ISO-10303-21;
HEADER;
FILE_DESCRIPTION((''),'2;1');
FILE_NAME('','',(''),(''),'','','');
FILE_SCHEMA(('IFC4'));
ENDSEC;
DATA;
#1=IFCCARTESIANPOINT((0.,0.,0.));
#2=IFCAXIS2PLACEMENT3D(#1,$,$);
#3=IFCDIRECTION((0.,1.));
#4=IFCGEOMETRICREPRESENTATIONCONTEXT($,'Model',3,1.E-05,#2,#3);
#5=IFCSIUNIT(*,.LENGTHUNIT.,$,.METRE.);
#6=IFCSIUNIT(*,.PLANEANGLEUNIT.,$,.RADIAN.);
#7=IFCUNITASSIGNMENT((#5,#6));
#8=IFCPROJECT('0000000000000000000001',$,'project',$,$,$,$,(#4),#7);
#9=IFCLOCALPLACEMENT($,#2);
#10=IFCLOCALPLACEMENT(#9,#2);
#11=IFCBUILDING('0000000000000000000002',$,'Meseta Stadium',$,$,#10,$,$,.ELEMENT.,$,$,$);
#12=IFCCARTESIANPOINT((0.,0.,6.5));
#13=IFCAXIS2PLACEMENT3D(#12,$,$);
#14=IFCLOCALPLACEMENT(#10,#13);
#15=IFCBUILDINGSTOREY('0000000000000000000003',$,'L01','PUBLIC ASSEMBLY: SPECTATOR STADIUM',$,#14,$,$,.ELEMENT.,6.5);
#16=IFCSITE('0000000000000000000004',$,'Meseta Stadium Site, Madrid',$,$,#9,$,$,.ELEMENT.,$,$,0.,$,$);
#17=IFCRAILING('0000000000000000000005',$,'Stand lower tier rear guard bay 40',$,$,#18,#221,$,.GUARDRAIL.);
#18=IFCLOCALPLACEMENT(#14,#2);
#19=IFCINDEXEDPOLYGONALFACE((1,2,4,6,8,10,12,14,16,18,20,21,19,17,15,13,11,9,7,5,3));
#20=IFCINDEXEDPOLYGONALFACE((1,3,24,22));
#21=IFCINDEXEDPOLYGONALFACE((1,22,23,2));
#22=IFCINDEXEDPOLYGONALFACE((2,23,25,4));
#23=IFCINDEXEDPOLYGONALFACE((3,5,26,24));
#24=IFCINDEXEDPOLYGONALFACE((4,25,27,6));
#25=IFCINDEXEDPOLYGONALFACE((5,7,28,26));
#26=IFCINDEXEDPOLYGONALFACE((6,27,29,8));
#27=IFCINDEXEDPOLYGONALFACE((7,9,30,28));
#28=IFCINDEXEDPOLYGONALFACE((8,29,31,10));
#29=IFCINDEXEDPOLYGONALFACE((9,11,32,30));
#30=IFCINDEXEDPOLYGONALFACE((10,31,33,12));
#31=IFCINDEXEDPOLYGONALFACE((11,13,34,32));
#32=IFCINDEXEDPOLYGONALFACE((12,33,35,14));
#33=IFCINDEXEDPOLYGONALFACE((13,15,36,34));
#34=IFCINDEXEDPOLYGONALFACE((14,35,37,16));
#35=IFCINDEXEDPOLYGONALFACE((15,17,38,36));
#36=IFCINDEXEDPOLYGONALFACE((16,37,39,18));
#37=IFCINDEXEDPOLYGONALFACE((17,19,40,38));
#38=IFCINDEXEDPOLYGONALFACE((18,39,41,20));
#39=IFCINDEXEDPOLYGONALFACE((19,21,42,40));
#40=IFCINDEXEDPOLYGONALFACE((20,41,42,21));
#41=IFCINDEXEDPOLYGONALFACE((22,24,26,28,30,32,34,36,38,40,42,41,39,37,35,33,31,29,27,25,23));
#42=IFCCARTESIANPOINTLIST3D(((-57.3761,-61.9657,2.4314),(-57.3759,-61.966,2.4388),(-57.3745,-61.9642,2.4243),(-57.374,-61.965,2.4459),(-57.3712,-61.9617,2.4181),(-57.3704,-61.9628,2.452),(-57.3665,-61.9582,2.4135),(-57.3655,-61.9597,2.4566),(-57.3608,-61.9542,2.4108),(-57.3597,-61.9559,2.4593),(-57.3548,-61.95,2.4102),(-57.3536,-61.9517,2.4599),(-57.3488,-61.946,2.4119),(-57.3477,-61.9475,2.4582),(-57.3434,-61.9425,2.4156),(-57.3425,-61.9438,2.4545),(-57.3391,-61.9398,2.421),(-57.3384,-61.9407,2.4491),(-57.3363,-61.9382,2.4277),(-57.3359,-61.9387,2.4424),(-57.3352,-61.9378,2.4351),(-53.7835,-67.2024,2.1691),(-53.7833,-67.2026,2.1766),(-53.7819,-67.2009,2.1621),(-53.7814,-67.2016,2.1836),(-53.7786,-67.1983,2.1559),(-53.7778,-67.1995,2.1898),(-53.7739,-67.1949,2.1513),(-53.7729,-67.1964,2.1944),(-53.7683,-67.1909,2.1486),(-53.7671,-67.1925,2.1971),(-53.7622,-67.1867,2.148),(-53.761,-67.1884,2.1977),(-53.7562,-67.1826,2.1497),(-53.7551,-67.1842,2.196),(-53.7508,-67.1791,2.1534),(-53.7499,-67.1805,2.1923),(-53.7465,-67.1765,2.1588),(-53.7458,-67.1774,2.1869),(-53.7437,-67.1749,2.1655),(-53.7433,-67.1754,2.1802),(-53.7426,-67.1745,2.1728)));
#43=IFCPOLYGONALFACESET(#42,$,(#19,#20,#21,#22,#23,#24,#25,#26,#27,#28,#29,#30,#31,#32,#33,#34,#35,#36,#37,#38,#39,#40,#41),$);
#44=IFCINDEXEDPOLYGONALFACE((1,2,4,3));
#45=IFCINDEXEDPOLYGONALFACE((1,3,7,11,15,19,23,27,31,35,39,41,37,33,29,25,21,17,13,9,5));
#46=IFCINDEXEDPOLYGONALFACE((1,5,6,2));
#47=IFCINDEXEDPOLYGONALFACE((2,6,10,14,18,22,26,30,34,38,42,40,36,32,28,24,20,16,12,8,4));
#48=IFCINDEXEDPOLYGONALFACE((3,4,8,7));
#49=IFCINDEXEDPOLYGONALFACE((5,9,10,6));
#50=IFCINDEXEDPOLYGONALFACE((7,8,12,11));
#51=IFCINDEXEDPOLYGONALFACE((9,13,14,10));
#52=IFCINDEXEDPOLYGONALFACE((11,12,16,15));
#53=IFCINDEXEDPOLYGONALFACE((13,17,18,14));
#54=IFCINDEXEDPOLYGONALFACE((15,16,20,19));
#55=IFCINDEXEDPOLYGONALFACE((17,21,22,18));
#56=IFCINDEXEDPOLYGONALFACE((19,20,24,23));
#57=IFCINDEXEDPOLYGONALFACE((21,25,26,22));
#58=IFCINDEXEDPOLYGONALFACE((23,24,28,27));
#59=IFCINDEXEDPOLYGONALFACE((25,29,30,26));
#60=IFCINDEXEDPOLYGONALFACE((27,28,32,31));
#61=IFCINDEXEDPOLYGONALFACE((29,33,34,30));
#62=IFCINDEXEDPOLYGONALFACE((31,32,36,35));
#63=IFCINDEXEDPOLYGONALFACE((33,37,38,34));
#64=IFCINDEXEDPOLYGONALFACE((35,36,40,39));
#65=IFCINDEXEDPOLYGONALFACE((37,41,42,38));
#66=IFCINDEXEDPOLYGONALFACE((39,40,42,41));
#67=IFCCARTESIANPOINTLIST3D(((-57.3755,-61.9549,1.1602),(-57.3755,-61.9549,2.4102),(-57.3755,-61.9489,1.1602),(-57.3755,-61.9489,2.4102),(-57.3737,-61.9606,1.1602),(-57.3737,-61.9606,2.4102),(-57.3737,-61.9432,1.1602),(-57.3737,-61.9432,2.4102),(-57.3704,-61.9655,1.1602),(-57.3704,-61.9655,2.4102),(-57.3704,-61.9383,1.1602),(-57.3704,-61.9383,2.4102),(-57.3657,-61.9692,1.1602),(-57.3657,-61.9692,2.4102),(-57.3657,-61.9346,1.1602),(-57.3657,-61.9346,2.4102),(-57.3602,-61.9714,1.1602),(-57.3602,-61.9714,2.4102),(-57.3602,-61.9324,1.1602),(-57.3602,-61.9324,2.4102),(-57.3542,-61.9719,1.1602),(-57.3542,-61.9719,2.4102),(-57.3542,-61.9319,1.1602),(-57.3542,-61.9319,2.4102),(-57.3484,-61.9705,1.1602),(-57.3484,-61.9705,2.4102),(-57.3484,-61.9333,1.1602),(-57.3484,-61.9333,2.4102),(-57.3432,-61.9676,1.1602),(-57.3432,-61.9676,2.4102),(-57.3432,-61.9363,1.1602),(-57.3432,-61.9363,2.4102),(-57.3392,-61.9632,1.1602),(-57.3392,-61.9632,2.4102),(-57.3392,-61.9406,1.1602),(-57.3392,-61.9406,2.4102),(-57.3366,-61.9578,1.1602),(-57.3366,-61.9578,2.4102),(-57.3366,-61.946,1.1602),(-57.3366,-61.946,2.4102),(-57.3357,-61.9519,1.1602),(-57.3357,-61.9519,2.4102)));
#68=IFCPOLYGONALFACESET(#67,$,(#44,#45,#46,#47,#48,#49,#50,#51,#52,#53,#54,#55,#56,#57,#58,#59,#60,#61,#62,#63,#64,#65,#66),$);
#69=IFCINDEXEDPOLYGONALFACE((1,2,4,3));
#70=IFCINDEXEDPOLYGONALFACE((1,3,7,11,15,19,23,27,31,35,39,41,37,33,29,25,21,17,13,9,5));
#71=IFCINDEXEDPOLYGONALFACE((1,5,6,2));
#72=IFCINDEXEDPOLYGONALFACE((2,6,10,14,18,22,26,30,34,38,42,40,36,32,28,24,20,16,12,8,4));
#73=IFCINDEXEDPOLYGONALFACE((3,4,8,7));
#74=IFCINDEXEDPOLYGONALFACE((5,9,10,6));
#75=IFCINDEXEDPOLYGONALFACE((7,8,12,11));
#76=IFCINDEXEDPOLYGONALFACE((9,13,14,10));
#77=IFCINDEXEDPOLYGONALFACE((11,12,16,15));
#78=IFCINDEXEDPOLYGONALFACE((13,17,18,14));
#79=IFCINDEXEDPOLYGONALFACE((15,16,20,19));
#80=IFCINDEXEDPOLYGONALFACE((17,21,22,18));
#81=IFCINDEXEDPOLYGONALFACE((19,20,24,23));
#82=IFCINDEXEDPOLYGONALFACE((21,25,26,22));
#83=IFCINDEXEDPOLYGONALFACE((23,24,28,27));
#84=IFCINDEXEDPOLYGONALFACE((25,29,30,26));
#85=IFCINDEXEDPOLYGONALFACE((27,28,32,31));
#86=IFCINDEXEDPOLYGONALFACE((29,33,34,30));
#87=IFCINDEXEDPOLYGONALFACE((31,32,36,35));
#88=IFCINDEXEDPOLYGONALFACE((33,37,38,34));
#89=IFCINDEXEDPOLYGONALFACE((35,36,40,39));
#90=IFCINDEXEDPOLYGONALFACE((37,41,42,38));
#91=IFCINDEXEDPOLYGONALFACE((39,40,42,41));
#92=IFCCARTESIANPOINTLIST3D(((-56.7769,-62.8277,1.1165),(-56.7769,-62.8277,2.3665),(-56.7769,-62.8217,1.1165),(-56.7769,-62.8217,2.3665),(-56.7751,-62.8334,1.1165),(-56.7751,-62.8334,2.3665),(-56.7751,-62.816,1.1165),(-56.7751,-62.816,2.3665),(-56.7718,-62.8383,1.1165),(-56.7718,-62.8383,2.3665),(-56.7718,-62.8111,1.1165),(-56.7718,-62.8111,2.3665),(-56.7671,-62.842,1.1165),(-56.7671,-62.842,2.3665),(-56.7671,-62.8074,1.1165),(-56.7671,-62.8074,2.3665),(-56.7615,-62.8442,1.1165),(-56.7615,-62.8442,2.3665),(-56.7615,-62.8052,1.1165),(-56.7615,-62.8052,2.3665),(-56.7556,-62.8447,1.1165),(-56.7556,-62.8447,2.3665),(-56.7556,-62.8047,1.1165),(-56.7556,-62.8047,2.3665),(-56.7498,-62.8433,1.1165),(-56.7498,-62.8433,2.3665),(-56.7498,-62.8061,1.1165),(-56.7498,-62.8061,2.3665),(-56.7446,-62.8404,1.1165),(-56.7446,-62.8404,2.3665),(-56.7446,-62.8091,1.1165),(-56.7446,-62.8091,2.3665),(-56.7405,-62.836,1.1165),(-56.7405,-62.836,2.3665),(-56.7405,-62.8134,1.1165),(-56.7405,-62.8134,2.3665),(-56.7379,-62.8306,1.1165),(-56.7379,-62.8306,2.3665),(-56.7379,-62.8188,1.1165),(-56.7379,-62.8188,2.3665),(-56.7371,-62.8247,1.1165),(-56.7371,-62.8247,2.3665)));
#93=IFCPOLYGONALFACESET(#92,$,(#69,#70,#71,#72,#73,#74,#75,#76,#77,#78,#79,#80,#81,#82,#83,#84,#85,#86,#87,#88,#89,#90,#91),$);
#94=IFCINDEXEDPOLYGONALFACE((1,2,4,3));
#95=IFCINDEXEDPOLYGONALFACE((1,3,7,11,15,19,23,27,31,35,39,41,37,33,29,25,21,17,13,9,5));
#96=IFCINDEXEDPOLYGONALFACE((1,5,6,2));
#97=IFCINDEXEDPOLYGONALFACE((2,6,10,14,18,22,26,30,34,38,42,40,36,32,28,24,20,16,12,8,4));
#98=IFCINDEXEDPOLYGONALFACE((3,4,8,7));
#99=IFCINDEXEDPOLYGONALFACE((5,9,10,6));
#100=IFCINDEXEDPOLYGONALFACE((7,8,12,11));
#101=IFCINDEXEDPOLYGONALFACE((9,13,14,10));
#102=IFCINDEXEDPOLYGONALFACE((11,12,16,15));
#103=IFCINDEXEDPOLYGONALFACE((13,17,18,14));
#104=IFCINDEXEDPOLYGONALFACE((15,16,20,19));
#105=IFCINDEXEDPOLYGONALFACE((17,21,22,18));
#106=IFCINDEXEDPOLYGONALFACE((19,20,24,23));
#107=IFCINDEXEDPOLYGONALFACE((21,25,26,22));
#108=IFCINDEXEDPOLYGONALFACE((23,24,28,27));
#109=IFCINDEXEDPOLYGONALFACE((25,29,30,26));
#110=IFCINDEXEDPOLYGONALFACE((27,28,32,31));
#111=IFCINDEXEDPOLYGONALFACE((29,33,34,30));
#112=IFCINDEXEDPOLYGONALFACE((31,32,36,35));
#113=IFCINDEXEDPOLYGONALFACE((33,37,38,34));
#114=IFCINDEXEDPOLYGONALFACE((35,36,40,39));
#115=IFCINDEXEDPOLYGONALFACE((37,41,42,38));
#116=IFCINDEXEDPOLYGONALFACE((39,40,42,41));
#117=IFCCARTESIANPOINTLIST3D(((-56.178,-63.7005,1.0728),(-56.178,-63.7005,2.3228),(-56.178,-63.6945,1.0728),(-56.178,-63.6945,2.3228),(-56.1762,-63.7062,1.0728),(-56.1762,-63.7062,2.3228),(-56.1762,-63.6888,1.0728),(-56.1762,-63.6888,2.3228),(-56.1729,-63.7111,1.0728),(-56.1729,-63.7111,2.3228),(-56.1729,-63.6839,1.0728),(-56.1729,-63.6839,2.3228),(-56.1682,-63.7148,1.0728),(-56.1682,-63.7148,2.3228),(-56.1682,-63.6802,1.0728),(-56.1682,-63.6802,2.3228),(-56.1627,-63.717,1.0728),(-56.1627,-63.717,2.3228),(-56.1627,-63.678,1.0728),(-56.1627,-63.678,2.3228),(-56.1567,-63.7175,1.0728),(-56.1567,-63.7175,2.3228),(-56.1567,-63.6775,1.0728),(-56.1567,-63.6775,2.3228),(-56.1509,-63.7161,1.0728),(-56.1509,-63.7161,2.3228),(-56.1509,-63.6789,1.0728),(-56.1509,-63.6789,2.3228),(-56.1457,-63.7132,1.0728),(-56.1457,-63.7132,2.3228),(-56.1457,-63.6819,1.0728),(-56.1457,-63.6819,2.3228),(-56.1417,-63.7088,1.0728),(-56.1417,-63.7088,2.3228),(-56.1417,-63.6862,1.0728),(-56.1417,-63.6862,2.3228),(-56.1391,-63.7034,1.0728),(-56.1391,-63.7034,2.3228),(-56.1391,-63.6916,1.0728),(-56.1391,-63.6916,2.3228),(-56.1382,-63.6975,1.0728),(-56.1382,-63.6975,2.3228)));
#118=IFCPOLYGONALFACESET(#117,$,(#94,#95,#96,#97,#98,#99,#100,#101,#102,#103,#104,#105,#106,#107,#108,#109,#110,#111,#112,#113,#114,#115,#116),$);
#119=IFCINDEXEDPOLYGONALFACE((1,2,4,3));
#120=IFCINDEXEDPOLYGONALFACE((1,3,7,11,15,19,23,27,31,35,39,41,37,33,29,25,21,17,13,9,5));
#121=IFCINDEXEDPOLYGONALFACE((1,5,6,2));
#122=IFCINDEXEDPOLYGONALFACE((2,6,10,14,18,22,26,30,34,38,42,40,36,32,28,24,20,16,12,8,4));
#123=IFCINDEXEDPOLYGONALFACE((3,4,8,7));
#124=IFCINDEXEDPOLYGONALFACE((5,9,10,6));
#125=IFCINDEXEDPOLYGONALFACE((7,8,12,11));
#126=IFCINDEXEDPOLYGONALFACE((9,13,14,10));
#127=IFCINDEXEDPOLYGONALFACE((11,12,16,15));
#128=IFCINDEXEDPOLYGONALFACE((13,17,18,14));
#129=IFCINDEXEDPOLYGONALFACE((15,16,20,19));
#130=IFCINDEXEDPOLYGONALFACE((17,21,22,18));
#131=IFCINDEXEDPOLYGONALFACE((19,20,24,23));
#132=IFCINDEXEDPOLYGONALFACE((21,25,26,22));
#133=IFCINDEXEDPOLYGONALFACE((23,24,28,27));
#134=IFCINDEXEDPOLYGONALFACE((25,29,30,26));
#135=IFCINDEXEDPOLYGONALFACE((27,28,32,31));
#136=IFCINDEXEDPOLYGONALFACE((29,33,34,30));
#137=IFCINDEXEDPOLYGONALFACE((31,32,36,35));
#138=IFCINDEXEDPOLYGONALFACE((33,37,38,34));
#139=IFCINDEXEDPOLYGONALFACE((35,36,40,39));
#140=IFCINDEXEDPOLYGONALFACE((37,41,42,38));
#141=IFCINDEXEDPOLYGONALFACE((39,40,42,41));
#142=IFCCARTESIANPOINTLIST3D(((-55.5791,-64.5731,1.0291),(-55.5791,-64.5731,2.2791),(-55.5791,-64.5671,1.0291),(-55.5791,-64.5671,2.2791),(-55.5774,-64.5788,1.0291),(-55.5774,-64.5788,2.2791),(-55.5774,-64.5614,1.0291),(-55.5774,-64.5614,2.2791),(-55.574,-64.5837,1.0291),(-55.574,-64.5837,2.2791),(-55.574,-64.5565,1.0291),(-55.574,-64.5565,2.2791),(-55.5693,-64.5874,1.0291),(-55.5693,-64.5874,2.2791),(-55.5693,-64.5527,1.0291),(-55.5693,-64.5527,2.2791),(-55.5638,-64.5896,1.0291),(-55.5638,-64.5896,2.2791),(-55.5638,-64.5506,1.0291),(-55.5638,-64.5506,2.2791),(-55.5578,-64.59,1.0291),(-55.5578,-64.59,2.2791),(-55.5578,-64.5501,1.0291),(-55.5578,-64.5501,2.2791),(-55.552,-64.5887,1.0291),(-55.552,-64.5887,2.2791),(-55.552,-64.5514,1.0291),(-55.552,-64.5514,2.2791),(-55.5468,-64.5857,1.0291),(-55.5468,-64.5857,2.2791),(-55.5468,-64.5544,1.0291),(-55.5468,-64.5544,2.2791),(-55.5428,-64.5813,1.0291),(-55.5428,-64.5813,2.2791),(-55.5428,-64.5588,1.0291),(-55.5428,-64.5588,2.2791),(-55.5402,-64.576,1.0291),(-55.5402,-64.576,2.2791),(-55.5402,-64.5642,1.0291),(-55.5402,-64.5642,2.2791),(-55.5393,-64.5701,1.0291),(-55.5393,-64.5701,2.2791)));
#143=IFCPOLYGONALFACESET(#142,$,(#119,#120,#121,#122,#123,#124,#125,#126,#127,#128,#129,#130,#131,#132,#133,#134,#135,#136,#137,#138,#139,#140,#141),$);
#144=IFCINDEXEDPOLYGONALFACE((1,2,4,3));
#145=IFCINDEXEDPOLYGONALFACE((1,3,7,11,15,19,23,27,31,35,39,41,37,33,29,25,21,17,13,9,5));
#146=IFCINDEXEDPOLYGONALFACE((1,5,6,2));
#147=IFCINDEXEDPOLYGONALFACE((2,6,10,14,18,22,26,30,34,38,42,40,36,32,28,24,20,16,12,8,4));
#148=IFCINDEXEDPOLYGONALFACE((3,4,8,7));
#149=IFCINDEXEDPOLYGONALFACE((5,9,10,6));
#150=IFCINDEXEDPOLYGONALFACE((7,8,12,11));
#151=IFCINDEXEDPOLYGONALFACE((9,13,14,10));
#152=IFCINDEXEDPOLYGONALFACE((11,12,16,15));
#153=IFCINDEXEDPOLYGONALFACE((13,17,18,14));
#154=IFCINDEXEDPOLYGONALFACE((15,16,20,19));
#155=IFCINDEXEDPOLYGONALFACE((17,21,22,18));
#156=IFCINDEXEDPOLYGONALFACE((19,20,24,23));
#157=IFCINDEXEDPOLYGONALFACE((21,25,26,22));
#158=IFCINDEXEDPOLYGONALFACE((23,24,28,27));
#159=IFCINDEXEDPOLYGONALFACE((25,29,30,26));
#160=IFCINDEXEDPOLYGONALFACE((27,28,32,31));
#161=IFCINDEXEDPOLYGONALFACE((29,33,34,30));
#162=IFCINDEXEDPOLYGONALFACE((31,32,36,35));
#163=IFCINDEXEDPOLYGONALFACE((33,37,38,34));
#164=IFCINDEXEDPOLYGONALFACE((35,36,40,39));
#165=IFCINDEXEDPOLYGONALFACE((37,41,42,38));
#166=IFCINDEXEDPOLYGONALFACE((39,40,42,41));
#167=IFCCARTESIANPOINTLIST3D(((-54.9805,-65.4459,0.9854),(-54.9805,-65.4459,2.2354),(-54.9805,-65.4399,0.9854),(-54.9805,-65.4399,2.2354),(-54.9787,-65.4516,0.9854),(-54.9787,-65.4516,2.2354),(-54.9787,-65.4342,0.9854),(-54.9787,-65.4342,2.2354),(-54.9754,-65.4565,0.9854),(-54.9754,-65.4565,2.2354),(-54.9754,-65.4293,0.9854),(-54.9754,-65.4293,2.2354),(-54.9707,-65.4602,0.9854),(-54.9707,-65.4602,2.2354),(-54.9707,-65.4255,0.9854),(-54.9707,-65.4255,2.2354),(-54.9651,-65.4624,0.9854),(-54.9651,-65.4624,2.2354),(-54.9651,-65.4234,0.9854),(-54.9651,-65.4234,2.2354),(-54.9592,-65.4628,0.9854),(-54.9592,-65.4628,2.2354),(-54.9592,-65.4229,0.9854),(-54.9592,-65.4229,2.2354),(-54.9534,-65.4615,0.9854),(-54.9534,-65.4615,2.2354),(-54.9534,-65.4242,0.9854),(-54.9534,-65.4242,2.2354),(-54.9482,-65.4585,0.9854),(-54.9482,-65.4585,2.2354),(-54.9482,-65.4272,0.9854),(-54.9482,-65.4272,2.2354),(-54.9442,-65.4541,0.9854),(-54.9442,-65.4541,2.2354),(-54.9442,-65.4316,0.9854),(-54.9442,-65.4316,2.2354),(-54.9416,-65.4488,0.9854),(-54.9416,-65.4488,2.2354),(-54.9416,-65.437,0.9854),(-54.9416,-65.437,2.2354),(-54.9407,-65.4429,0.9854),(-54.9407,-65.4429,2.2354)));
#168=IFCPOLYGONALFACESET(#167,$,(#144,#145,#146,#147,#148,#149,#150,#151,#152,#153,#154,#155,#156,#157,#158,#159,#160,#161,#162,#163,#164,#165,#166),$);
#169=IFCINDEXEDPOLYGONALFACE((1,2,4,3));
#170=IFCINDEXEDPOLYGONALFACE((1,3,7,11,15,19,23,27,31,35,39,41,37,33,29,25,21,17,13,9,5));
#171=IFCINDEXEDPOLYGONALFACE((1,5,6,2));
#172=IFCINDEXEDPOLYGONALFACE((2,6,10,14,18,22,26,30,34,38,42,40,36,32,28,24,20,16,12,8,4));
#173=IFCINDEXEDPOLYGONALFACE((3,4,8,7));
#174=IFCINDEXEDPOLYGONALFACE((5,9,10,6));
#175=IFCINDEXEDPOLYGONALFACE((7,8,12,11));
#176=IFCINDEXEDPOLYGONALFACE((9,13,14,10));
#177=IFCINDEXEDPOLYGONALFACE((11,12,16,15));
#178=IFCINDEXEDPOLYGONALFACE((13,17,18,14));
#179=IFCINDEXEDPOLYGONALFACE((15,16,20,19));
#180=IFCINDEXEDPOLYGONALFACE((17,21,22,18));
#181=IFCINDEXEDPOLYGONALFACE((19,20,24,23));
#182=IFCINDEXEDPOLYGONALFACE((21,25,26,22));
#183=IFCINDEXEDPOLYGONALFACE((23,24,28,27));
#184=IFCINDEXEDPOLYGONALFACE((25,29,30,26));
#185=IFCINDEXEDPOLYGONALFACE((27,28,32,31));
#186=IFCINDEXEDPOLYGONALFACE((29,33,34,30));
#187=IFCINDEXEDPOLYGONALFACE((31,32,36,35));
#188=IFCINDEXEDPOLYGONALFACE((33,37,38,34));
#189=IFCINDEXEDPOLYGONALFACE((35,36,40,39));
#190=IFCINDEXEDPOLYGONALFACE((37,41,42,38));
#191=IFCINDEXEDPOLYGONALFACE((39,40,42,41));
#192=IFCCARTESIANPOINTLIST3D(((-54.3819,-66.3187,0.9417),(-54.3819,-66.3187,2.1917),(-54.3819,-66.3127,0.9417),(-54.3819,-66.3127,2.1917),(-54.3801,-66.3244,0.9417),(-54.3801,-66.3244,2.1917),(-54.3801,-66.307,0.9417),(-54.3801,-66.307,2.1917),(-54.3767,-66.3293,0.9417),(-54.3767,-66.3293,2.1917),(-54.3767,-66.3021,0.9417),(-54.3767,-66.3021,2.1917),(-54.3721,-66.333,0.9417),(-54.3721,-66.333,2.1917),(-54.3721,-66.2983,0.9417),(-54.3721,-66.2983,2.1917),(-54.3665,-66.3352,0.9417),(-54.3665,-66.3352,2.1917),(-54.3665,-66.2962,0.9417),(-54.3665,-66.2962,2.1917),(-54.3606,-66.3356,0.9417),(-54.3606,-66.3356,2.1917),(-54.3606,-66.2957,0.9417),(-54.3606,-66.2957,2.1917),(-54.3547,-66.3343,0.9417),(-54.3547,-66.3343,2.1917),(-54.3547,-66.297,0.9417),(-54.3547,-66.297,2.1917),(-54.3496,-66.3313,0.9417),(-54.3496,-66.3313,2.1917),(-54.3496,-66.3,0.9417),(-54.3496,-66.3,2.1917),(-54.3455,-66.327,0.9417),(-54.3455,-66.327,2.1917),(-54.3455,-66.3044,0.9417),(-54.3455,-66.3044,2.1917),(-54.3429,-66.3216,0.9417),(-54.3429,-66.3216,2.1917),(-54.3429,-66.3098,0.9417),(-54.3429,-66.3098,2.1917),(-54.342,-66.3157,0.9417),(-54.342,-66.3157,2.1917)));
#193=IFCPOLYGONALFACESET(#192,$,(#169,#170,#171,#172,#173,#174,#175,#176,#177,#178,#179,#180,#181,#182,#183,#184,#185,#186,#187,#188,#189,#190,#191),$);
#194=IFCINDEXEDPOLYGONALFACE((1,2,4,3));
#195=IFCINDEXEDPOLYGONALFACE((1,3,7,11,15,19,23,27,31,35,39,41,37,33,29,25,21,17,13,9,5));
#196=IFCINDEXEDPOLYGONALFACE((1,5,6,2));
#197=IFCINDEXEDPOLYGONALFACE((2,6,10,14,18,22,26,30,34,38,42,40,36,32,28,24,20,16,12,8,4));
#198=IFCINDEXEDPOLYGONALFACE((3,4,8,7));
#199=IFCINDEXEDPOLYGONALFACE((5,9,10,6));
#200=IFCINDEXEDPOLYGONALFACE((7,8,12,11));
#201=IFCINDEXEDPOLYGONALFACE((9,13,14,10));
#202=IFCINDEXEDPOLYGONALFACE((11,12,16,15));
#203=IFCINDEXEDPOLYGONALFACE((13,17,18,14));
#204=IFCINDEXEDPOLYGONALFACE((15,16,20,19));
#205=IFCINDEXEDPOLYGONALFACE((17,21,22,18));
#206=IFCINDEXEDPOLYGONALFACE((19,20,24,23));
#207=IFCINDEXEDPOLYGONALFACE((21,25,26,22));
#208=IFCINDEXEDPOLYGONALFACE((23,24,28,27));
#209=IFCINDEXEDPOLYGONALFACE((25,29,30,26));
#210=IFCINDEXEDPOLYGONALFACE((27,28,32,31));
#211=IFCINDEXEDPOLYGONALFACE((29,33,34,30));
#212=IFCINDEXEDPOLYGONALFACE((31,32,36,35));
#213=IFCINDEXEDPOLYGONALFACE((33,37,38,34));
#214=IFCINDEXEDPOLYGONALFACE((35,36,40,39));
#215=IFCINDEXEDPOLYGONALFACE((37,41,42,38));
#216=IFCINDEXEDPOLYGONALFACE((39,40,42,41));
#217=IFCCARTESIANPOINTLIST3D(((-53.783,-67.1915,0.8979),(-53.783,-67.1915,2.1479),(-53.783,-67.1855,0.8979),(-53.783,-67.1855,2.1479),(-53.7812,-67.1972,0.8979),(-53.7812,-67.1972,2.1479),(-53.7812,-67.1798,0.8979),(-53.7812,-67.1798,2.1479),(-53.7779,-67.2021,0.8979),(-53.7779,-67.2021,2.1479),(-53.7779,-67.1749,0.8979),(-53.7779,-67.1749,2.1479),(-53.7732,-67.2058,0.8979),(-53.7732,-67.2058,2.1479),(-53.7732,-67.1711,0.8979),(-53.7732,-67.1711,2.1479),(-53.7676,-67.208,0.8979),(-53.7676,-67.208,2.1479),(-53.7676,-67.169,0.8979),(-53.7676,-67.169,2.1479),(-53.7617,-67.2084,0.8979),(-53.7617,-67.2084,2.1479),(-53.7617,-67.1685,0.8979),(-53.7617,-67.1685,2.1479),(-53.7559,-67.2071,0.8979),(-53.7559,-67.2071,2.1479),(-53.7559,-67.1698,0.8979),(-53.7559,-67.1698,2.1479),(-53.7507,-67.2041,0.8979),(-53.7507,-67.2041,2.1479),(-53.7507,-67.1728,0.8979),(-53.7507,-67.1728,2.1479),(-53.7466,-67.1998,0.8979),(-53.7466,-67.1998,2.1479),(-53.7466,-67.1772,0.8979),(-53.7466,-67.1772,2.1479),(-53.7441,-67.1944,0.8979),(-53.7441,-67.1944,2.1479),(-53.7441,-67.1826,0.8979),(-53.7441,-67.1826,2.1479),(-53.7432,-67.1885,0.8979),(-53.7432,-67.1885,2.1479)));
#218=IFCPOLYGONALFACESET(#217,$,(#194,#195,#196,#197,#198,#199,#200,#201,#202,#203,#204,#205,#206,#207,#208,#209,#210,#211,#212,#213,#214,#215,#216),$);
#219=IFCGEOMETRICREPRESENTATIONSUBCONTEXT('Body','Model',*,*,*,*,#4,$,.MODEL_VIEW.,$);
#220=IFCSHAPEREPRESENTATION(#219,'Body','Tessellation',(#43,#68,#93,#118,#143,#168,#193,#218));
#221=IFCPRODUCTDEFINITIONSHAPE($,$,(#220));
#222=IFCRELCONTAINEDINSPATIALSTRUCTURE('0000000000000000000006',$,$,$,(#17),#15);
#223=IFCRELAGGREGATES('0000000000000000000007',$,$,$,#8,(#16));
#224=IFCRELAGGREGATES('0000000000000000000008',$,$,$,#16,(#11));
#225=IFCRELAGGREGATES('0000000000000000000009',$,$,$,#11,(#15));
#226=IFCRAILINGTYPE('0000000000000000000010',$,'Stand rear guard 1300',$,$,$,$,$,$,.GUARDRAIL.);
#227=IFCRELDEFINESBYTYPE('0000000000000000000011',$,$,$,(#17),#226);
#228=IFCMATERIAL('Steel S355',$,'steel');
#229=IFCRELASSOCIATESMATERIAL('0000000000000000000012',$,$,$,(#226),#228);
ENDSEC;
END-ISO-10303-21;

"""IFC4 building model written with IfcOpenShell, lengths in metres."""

from ifc_helpers import new_model, si_unit, direction, frame, origin, origin_2d, place, context, subcontext, project, spatial, circle, extrude, material, type_object, element, save


model = new_model("IFC4")

# Units and contexts
model_context = context("Model", 3, precision=1e-05, world=origin(), true_north=direction((0.0, 1.0)))
body_context = subcontext(model_context, "Body", "Model", "MODEL_VIEW")
ifc_project = project(units=[si_unit("LENGTHUNIT", "METRE"), si_unit("PLANEANGLEUNIT", "RADIAN")], contexts=[model_context])

# Site, building, storey
site_placement = place(None, origin())
site = spatial("IfcSite", under=ifc_project, at=site_placement, Name="Meseta Stadium Site, Madrid", CompositionType="ELEMENT", RefElevation=0.0)
building_placement = place(site_placement, origin())
building = spatial("IfcBuilding", under=site, at=building_placement, Name="Meseta Stadium", CompositionType="ELEMENT")
storey_placement = place(building_placement, frame((0.0, 0.0, 6.5)))
storey = spatial("IfcBuildingStorey", under=building, at=storey_placement, Name="L01", Description="PUBLIC ASSEMBLY: SPECTATOR STADIUM", CompositionType="ELEMENT", Elevation=6.5)

# Railing
ifc_material_1 = material(Name="Steel S355", Category="steel")
railing_type = type_object("IfcRailingType", Name="Stand rear guard 1300", PredefinedType="GUARDRAIL", material=ifc_material_1)
railing_placement = place(storey_placement, frame((-57.3557, -61.9519, 1.1602)))
element("IfcRailing", 1, at=railing_placement, inside=storey, type_object=railing_type, Name="Stand lower tier rear guard bay 40", PredefinedType="GUARDRAIL", context=body_context, shape_type="SweptSolid", body=[
    extrude(circle(Radius=0.0249, at=origin_2d()), frame((0.0, 0.0, 1.2749), z_axis=(0.565233, -0.823899, -0.041255), x_axis=(0.824601, 0.565714, 0.0)), (0.0, 0.0, 1.0), 6.356),
    extrude(circle(Radius=0.02, at=origin_2d()), origin(), (0.0, 0.0, 1.0), 1.25),
    extrude(circle(Radius=0.02, at=origin_2d()), frame((0.5986, -0.8728, -0.0437)), (0.0, 0.0, 1.0), 1.25),
    extrude(circle(Radius=0.02, at=origin_2d()), frame((1.1975, -1.7456, -0.0874)), (0.0, 0.0, 1.0), 1.25),
    extrude(circle(Radius=0.02, at=origin_2d()), frame((1.7964, -2.6182, -0.1311)), (0.0, 0.0, 1.0), 1.25),
    extrude(circle(Radius=0.02, at=origin_2d()), frame((2.395, -3.491, -0.1748)), (0.0, 0.0, 1.0), 1.25),
    extrude(circle(Radius=0.02, at=origin_2d()), frame((2.9937, -4.3638, -0.2185)), (0.0, 0.0, 1.0), 1.25),
    extrude(circle(Radius=0.02, at=origin_2d()), frame((3.5925, -5.2366, -0.2622)), (0.0, 0.0, 1.0), 1.25),
])

save(model, "model.ifc")
